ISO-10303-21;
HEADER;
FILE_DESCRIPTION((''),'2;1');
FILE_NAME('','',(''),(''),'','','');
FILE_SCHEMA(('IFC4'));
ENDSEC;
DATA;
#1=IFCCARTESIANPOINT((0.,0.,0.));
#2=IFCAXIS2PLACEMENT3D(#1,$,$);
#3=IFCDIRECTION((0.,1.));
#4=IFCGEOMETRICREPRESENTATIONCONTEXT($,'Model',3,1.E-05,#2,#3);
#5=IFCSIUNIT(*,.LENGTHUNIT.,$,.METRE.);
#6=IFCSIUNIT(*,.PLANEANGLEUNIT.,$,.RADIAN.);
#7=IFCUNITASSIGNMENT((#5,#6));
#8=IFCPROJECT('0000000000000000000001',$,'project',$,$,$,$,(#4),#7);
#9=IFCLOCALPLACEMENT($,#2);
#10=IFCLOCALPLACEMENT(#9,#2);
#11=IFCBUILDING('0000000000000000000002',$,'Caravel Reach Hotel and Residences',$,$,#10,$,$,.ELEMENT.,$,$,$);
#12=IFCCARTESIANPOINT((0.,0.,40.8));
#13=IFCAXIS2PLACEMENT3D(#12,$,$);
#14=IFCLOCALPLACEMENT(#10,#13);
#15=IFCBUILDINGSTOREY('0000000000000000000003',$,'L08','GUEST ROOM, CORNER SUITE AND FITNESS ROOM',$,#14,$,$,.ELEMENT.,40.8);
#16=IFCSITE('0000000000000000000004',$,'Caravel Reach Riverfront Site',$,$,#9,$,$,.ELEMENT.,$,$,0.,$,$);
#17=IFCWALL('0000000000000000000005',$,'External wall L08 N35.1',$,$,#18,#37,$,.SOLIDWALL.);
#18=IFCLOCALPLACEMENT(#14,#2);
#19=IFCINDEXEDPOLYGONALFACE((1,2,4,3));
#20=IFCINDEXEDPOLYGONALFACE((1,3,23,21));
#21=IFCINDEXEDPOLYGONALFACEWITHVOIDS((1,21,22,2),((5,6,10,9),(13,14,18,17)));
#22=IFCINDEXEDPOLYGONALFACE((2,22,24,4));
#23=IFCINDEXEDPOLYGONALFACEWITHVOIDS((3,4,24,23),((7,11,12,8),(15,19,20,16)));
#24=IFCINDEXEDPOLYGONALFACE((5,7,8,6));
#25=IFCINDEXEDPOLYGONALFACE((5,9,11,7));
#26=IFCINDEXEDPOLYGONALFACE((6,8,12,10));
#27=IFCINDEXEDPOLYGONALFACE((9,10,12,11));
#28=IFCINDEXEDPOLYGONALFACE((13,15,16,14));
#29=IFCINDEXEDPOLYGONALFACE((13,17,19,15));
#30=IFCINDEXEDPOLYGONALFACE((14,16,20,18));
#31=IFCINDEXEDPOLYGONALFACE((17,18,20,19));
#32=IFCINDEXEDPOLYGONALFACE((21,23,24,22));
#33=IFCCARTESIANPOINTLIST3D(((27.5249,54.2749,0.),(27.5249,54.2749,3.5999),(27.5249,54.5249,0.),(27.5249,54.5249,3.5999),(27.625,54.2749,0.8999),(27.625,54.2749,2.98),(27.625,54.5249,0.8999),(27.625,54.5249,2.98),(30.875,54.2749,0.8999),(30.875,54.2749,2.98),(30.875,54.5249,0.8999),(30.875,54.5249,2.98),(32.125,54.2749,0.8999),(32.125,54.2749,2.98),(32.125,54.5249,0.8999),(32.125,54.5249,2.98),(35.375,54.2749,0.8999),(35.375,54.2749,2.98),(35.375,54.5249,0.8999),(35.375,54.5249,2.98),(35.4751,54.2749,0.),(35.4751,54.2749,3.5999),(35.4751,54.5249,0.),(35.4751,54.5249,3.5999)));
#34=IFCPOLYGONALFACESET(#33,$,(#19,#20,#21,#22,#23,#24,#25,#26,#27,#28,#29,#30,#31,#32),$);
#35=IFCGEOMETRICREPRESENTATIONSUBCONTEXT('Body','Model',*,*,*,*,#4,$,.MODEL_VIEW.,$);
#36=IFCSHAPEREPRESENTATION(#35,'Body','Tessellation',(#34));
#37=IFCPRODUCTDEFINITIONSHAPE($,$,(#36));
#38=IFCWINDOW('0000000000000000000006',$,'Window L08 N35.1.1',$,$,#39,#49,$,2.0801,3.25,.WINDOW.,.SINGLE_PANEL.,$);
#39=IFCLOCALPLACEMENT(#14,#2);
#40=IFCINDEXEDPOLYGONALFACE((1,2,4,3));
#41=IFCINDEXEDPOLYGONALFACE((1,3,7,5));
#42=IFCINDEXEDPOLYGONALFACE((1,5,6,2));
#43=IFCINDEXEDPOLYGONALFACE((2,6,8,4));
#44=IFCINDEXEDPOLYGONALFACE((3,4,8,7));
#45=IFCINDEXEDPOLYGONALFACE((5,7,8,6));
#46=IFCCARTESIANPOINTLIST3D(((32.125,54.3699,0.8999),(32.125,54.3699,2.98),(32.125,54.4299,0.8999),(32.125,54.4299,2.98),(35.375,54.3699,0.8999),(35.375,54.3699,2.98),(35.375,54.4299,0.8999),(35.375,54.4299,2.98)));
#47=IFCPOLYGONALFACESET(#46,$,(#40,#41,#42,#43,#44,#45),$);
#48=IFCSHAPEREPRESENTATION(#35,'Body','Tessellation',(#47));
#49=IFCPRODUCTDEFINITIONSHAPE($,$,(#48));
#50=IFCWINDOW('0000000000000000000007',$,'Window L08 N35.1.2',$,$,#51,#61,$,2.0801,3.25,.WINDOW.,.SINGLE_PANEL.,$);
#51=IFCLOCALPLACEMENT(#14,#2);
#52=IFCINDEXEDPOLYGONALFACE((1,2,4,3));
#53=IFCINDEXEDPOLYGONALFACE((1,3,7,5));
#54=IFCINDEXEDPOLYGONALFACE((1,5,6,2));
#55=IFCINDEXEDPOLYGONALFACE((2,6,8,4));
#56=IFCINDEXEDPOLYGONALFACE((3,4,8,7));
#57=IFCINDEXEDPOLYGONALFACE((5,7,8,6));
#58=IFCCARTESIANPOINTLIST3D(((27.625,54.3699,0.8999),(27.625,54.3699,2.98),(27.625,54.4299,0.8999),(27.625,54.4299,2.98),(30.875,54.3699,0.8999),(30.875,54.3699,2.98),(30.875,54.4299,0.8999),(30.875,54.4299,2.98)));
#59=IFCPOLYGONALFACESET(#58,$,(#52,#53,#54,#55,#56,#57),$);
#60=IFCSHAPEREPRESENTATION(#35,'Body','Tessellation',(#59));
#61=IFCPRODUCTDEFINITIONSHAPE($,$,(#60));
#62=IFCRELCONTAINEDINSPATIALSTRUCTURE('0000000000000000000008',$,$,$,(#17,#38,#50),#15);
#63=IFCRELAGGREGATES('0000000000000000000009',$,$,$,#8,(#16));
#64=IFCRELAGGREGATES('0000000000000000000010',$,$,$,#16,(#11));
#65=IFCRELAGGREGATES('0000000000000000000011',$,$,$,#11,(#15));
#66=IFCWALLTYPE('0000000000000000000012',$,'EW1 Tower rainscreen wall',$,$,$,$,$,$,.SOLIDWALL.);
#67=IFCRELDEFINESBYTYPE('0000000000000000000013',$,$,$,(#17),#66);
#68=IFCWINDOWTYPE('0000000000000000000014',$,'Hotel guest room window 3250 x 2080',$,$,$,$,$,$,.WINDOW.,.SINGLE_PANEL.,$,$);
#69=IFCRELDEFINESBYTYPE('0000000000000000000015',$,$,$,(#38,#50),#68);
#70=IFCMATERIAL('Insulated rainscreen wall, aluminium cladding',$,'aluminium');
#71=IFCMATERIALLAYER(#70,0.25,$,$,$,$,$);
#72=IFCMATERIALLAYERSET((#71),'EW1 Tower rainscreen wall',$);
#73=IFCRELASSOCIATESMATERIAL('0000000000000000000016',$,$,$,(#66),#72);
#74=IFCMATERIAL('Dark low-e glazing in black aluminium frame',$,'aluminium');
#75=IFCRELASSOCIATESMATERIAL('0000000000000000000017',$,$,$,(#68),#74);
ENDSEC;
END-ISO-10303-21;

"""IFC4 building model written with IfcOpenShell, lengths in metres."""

from ifc_helpers import new_model, si_unit, direction, frame, frame_2d, origin, place, context, subcontext, project, spatial, rectangle, extrude, material, layer, layer_set, type_object, element, fill, save


model = new_model("IFC4")

# Units and contexts
model_context = context("Model", 3, precision=1e-05, world=origin(), true_north=direction((0.0, 1.0)))
body_context = subcontext(model_context, "Body", "Model", "MODEL_VIEW")
ifc_project = project(units=[si_unit("LENGTHUNIT", "METRE"), si_unit("PLANEANGLEUNIT", "RADIAN")], contexts=[model_context])

# Site, building, storey
site_placement = place(None, origin())
site = spatial("IfcSite", under=ifc_project, at=site_placement, Name="Caravel Reach Riverfront Site", CompositionType="ELEMENT", RefElevation=0.0)
building_placement = place(site_placement, origin())
building = spatial("IfcBuilding", under=site, at=building_placement, Name="Caravel Reach Hotel and Residences", CompositionType="ELEMENT")
storey_placement = place(building_placement, frame((0.0, 0.0, 40.8)))
storey = spatial("IfcBuildingStorey", under=building, at=storey_placement, Name="L08", Description="GUEST ROOM, CORNER SUITE AND FITNESS ROOM", CompositionType="ELEMENT", Elevation=40.8)

# Shared definitions
ifc_material_1 = material(Name="Insulated rainscreen wall, aluminium cladding", Category="aluminium")
ifc_layer = layer(ifc_material_1, 0.25)
ifc_layer_set = layer_set([ifc_layer], Name="EW1 Tower rainscreen wall")
wall_type = type_object("IfcWallType", Name="EW1 Tower rainscreen wall", PredefinedType="SOLIDWALL", material=ifc_layer_set)

# Wall, openings, windows
wall_1_placement = place(storey_placement, frame((35.4751, 54.3999, 0.0), z_axis=(0.0, 0.0, 1.0), x_axis=(-1.0, 0.0, 0.0)))
wall_1 = element("IfcWall", 1, at=wall_1_placement, inside=storey, type_object=wall_type, Name="External wall L08 N35.1", PredefinedType="SOLIDWALL", context=body_context, shape_type="SweptSolid", body=[
    extrude(rectangle(XDim=7.9502, YDim=0.25, at=frame_2d((3.9751, 0.0))), origin(), (0.0, 0.0, 1.0), 3.5999),
])
opening_1_placement = place(wall_1_placement, frame((0.1001, 0.0, 0.8999)))
opening_1 = element("IfcOpeningElement", 2, at=opening_1_placement, cuts=wall_1, PredefinedType="OPENING", context=body_context, shape_type="SweptSolid", body=[
    extrude(rectangle(XDim=3.25, YDim=2.0801, at=frame_2d((1.625, 1.04))), frame((0.0, 0.135, 0.0), z_axis=(0.0, -1.0, 0.0), x_axis=(1.0, 0.0, 0.0)), (0.0, 0.0, 1.0), 0.27),
])
opening_2_placement = place(wall_1_placement, frame((4.6001, 0.0, 0.8999)))
opening_2 = element("IfcOpeningElement", 3, at=opening_2_placement, cuts=wall_1, PredefinedType="OPENING", context=body_context, shape_type="SweptSolid", body=[
    extrude(rectangle(XDim=3.25, YDim=2.0801, at=frame_2d((1.625, 1.04))), frame((0.0, 0.135, 0.0), z_axis=(0.0, -1.0, 0.0), x_axis=(1.0, 0.0, 0.0)), (0.0, 0.0, 1.0), 0.27),
])
ifc_material_2 = material(Name="Dark low-e glazing in black aluminium frame", Category="aluminium")
window_type_1 = type_object("IfcWindowType", Name="Hotel guest room window 3250 x 2080", PartitioningType="SINGLE_PANEL", PredefinedType="WINDOW", material=ifc_material_2)
window_1_placement = place(opening_1_placement, origin())
window_1 = element("IfcWindow", 4, at=window_1_placement, inside=storey, type_object=window_type_1, Name="Window L08 N35.1.1", OverallHeight=2.0801, OverallWidth=3.25, PartitioningType="SINGLE_PANEL", PredefinedType="WINDOW", context=body_context, shape_type="SweptSolid", body=[
    extrude(rectangle(XDim=3.25, YDim=2.0801, at=frame_2d((1.625, 1.04))), frame((0.0, 0.03, 0.0), z_axis=(0.0, -1.0, 0.0), x_axis=(1.0, 0.0, 0.0)), (0.0, 0.0, 1.0), 0.0601),
])
fill(opening_1, window_1)
window_2_placement = place(opening_2_placement, origin())
window_2 = element("IfcWindow", 5, at=window_2_placement, inside=storey, type_object=window_type_1, Name="Window L08 N35.1.2", OverallHeight=2.0801, OverallWidth=3.25, PartitioningType="SINGLE_PANEL", PredefinedType="WINDOW", context=body_context, shape_type="SweptSolid", body=[
    extrude(rectangle(XDim=3.25, YDim=2.0801, at=frame_2d((1.625, 1.04))), frame((0.0, 0.03, 0.0), z_axis=(0.0, -1.0, 0.0), x_axis=(1.0, 0.0, 0.0)), (0.0, 0.0, 1.0), 0.0601),
])
fill(opening_2, window_2)

save(model, "model.ifc")
